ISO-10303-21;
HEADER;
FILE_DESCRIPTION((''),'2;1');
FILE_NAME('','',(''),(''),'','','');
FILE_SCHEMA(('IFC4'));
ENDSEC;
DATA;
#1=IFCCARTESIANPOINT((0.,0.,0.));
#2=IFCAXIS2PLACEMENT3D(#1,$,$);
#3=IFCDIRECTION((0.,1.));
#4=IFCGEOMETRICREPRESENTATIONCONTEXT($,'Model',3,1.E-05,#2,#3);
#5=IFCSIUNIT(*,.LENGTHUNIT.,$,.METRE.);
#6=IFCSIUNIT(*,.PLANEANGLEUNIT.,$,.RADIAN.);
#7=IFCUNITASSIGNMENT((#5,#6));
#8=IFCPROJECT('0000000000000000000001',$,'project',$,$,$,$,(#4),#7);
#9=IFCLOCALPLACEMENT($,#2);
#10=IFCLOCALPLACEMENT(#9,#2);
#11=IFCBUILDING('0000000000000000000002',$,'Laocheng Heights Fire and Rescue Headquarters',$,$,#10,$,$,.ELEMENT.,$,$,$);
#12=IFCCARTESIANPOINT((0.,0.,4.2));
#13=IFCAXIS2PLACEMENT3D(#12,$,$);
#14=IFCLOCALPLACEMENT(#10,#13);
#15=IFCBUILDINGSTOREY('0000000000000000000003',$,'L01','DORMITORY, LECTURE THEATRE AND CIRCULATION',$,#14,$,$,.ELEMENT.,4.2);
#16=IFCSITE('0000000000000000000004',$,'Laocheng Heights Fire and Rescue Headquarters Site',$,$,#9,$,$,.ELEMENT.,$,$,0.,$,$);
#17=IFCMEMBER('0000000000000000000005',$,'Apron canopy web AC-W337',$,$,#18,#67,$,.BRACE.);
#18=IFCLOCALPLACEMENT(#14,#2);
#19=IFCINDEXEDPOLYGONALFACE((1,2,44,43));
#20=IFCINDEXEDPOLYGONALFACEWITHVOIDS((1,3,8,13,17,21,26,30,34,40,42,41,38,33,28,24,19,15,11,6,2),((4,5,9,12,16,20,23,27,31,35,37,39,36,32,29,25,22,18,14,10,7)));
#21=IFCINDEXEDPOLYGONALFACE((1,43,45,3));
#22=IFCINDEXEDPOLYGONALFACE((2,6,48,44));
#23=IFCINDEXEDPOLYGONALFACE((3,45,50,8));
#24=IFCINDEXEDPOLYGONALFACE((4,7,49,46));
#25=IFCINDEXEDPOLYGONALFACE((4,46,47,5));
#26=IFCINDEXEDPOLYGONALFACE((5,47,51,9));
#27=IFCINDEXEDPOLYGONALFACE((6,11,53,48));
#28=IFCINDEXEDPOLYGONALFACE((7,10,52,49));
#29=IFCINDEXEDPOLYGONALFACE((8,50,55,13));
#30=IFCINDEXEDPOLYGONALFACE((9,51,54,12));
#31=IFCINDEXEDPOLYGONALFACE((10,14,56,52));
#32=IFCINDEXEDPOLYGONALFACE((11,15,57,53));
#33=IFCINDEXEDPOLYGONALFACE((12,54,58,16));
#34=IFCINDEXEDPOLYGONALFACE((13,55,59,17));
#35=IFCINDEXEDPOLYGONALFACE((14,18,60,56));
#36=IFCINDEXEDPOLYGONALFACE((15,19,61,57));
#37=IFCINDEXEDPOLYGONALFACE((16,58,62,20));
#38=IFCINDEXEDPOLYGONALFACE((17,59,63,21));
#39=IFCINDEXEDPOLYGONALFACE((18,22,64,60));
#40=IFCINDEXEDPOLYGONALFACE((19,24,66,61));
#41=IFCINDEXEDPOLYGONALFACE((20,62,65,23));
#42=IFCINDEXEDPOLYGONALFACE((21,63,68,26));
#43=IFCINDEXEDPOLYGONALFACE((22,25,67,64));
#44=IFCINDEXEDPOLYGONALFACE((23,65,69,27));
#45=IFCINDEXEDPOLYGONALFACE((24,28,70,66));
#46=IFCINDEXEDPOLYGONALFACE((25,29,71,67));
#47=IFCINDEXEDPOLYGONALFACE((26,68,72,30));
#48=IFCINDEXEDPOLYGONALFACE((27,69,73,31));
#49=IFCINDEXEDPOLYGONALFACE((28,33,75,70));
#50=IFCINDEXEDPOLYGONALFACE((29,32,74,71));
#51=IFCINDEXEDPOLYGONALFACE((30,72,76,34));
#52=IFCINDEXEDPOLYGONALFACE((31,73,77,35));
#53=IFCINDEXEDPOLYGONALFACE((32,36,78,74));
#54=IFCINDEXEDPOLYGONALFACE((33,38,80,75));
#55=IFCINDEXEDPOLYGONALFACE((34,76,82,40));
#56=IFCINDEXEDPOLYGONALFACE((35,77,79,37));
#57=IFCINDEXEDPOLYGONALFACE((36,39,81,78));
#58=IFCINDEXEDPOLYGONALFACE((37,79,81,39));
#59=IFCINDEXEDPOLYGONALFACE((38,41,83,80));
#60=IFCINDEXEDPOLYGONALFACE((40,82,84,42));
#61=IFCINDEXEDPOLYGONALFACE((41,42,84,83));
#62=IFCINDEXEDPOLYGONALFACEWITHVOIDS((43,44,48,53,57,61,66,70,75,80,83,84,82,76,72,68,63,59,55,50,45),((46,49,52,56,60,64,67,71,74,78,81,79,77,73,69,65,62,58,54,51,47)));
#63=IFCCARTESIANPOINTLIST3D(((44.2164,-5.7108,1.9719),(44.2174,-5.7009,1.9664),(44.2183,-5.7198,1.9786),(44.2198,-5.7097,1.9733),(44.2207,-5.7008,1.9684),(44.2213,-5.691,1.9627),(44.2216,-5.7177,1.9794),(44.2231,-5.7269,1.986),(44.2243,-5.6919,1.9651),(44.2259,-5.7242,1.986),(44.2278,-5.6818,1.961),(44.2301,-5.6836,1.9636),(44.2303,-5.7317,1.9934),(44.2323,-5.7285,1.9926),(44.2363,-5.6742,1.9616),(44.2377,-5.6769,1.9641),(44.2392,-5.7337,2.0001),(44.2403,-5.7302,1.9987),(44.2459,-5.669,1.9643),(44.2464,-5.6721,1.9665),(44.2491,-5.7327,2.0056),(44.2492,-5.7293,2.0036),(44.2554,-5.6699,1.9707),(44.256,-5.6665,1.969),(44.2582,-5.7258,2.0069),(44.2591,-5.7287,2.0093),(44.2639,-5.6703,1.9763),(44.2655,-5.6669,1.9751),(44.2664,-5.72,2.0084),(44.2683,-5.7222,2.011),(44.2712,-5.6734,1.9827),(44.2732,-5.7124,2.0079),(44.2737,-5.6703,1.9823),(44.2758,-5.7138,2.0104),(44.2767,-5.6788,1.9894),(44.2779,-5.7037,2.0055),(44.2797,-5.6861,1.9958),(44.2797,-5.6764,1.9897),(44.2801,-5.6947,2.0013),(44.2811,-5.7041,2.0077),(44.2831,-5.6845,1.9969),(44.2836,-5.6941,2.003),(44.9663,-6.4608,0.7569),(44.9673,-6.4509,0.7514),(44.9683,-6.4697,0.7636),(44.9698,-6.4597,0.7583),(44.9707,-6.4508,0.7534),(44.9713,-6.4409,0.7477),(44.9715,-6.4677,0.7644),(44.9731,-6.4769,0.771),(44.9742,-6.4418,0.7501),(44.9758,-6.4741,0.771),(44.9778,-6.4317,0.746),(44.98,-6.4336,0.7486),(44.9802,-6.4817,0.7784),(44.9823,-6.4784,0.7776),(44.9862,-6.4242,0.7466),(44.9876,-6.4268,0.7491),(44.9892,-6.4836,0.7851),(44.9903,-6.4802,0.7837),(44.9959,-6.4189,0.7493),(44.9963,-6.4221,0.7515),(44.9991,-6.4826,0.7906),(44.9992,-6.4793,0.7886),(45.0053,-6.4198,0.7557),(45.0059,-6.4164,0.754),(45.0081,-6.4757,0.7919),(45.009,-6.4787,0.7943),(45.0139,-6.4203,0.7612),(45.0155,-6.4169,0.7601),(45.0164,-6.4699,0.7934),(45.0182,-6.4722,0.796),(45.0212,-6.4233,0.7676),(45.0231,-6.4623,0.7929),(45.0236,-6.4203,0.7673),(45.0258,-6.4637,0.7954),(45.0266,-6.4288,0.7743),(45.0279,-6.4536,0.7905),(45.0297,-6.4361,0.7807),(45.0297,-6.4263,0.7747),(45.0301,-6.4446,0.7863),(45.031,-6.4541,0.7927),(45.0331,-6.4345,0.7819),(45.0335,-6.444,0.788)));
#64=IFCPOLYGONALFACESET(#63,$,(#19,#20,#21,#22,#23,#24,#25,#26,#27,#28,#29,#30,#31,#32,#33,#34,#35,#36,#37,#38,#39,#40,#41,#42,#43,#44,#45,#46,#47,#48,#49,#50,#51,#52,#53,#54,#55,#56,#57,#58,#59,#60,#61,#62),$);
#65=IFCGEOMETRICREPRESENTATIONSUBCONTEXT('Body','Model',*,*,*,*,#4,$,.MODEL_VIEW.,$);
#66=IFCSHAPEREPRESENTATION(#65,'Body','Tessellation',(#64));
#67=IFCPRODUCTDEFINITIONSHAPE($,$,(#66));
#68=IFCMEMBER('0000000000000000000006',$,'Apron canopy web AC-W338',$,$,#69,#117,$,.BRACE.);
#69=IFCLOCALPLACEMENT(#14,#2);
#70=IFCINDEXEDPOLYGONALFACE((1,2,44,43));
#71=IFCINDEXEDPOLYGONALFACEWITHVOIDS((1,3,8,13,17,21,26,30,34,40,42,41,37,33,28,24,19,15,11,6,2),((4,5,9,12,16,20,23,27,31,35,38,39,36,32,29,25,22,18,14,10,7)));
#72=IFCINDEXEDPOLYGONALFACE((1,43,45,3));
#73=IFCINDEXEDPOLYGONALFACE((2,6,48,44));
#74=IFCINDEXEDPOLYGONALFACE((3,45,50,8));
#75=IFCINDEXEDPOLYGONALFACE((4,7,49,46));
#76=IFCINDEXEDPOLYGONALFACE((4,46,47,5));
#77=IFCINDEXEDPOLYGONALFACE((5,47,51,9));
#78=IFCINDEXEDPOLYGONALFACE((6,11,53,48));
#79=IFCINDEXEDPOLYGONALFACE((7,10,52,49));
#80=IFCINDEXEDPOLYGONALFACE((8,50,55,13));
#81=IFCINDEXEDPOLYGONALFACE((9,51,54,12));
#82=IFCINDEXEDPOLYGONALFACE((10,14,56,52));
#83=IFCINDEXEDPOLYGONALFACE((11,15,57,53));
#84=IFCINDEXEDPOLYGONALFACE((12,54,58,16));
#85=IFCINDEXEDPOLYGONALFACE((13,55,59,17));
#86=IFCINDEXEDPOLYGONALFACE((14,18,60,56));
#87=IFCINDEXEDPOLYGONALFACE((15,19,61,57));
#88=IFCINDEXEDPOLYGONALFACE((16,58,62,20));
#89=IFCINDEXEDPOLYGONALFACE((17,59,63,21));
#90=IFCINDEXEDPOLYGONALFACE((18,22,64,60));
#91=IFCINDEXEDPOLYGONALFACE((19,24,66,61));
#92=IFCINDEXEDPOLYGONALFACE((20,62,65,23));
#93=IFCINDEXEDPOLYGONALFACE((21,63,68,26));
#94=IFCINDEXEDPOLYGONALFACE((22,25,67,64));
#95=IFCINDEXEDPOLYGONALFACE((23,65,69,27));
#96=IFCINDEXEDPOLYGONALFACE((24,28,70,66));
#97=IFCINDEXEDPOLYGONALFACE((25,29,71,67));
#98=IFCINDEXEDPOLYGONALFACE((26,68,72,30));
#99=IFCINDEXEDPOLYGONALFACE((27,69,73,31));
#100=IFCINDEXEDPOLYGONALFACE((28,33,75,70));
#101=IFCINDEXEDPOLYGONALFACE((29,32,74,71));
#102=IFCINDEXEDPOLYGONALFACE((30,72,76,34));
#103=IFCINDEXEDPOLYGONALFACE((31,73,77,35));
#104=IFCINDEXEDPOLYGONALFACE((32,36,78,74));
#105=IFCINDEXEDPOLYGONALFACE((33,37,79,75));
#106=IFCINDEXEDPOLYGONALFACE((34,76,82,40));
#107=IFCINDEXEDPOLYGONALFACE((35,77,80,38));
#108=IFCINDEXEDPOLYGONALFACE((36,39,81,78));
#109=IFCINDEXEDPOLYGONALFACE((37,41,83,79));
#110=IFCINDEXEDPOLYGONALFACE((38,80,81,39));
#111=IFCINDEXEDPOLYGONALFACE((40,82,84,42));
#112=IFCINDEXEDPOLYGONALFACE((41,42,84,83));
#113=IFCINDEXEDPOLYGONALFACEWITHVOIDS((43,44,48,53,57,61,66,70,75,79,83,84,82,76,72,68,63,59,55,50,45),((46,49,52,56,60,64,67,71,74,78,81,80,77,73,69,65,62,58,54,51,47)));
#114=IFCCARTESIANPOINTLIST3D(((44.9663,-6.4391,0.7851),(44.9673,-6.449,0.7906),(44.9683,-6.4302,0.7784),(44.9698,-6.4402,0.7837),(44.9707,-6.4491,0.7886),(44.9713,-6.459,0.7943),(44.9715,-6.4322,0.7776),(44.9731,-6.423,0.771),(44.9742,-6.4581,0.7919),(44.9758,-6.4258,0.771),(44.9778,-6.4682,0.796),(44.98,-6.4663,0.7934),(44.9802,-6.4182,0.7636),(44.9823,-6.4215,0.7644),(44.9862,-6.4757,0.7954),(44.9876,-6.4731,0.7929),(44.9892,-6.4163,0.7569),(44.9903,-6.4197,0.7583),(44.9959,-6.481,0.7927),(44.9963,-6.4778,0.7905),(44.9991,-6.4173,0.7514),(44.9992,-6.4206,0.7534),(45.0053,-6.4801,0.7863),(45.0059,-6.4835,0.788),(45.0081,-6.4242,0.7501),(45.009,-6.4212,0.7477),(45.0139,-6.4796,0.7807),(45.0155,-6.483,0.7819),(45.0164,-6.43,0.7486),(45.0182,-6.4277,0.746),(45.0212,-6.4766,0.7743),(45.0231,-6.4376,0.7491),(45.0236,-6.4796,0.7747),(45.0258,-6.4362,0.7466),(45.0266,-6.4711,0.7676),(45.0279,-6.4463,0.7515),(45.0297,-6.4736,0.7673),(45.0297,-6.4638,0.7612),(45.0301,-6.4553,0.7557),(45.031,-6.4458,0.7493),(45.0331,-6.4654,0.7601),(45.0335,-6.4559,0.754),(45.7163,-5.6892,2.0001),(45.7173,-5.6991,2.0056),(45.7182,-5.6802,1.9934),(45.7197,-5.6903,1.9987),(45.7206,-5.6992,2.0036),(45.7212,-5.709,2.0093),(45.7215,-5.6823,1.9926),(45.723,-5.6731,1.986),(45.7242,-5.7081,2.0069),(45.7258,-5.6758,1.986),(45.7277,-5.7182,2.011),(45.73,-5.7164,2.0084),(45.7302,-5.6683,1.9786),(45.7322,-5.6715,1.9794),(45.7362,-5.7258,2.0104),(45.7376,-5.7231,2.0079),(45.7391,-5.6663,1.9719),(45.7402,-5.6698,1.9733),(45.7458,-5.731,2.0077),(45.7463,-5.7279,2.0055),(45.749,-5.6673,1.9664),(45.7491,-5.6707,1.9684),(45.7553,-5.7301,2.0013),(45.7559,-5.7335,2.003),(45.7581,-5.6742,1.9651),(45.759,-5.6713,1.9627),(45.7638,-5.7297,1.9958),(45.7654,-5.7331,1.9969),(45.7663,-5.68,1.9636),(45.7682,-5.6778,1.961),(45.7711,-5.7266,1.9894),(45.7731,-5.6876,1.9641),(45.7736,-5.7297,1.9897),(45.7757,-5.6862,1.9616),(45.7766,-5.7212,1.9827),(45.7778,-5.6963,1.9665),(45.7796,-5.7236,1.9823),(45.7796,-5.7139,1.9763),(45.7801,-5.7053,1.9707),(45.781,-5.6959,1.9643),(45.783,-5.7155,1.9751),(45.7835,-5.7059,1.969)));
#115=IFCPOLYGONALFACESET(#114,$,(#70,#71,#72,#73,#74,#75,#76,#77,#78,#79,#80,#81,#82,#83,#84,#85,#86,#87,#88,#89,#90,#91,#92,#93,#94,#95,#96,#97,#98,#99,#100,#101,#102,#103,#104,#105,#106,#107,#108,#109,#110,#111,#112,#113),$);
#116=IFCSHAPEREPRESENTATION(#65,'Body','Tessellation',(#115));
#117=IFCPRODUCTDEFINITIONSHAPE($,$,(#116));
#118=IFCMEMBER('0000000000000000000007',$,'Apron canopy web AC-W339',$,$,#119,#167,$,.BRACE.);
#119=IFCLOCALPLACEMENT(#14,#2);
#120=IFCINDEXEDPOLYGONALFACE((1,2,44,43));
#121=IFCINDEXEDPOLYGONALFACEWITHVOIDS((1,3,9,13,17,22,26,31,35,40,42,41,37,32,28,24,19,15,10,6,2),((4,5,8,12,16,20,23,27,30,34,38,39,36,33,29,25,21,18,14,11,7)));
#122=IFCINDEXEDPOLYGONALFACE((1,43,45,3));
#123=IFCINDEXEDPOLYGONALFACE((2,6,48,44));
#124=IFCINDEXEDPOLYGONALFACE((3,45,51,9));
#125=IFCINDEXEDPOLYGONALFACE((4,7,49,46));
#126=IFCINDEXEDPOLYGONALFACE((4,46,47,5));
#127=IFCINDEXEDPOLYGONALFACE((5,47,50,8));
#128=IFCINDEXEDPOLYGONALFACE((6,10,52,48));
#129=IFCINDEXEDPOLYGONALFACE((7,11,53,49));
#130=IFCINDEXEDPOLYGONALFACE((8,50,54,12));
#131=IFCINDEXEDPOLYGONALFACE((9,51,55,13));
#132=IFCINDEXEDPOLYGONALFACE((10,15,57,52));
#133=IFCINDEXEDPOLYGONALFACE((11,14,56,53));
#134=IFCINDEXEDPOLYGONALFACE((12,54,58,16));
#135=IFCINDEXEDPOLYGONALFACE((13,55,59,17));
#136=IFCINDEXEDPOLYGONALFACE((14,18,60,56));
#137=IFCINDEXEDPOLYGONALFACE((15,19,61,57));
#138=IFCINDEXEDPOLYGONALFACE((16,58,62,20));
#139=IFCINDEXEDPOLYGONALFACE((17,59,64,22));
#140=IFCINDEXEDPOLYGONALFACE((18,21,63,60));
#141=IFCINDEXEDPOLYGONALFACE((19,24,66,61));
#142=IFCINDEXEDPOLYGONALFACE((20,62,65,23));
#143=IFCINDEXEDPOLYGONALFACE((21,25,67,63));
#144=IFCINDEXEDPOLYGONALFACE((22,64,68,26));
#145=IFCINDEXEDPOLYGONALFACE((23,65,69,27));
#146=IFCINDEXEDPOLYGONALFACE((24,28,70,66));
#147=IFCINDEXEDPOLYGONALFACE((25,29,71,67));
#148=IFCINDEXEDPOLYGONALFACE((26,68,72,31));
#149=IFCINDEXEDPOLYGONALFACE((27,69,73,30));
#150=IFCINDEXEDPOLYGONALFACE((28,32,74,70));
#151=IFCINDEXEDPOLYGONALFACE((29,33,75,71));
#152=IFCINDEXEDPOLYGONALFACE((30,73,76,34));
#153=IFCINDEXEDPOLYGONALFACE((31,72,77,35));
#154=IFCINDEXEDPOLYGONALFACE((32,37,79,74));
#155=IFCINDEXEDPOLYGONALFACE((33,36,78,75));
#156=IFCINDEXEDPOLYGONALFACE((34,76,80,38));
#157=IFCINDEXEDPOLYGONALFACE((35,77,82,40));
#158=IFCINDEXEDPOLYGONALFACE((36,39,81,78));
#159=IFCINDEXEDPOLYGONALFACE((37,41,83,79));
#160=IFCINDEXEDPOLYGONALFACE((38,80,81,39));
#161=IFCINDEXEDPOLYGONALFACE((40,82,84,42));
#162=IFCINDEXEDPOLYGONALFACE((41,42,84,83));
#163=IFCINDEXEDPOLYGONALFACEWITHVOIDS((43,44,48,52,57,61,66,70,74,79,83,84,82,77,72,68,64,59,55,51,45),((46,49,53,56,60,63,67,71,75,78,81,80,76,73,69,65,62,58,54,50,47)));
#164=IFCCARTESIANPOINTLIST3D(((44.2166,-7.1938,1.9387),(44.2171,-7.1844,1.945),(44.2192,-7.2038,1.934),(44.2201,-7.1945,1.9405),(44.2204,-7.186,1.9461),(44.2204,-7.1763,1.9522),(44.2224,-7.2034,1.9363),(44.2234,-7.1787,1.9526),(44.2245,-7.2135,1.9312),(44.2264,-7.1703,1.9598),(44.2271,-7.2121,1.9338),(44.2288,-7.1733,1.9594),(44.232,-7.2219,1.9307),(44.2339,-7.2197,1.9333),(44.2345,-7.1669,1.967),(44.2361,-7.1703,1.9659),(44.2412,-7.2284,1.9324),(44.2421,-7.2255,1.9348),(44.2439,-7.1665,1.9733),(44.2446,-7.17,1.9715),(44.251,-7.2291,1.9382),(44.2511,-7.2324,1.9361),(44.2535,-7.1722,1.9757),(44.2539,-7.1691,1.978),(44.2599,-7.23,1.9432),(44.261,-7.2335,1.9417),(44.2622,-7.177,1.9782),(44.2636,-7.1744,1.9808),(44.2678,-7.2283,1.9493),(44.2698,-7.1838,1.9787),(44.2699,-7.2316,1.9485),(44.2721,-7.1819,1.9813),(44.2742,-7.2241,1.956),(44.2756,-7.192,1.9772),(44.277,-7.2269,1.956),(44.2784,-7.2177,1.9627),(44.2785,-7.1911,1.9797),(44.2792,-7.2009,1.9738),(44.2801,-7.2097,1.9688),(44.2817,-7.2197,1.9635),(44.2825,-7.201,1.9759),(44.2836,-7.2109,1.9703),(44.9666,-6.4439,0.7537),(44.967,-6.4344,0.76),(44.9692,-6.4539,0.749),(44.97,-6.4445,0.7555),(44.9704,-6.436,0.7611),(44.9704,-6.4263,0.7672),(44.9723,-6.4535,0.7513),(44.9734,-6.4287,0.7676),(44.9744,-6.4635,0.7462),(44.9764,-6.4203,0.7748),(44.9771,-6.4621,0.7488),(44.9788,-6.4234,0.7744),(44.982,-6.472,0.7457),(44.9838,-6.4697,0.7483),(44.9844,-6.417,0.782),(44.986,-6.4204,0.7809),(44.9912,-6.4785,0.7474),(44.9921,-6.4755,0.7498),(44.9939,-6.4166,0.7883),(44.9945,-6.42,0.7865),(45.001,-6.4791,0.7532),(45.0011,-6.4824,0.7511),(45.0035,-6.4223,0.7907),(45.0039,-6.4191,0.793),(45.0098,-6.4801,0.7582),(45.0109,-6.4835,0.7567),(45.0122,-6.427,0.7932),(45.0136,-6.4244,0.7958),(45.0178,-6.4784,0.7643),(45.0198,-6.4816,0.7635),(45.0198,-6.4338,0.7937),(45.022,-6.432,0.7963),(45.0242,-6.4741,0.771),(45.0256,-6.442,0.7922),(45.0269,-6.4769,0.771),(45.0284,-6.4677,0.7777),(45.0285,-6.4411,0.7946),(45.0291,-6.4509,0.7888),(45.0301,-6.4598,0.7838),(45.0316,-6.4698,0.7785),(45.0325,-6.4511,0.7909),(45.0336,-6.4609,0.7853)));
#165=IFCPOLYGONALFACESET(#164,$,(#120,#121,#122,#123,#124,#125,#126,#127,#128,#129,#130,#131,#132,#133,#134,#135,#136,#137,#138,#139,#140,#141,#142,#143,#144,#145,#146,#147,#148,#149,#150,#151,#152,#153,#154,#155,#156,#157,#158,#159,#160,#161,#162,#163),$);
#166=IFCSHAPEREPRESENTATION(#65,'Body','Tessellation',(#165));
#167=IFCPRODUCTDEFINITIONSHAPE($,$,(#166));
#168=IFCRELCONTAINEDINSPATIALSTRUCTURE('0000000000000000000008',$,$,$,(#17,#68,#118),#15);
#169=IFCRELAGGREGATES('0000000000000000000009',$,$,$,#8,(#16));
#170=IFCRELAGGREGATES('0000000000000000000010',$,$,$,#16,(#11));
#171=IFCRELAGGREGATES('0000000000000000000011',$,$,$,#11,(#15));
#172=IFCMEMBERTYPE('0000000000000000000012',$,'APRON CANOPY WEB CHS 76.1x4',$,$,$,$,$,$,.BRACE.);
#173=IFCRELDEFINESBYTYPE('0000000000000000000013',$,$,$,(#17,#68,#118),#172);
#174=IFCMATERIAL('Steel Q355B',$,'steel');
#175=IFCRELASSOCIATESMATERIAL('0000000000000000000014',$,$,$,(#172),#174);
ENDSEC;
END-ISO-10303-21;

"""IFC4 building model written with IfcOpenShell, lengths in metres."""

from ifc_helpers import new_model, si_unit, direction, frame, origin, origin_2d, place, context, subcontext, project, spatial, hollow_circle, extrude, material, material_profile, profile_set, type_object, element, save


model = new_model("IFC4")

# Units and contexts
model_context = context("Model", 3, precision=1e-05, world=origin(), true_north=direction((0.0, 1.0)))
body_context = subcontext(model_context, "Body", "Model", "MODEL_VIEW")
ifc_project = project(units=[si_unit("LENGTHUNIT", "METRE"), si_unit("PLANEANGLEUNIT", "RADIAN")], contexts=[model_context])

# Site, building, storey
site_placement = place(None, origin())
site = spatial("IfcSite", under=ifc_project, at=site_placement, Name="Laocheng Heights Fire and Rescue Headquarters Site", CompositionType="ELEMENT", RefElevation=0.0)
building_placement = place(site_placement, origin())
building = spatial("IfcBuilding", under=site, at=building_placement, Name="Laocheng Heights Fire and Rescue Headquarters", CompositionType="ELEMENT")
storey_placement = place(building_placement, frame((0.0, 0.0, 4.2)))
storey = spatial("IfcBuildingStorey", under=building, at=storey_placement, Name="L01", Description="DORMITORY, LECTURE THEATRE AND CIRCULATION", CompositionType="ELEMENT", Elevation=4.2)

# Members
ifc_material_1 = material(Name="Steel Q355B", Category="steel")
ifc_material_profile_1 = material_profile(ifc_material_1, hollow_circle(Radius=0.0381, WallThickness=0.0039, at=origin_2d()), Name="CHS 76.1x4")
ifc_profile_set_1 = profile_set([ifc_material_profile_1], Name="Steel Q355B")
member_type_1 = type_object("IfcMemberType", Name="APRON CANOPY WEB CHS 76.1x4", PredefinedType="BRACE", material=ifc_profile_set_1)
for number, where, z_axis, x_axis, name in (
    (1, (45.0, -6.45, 0.771), (-0.465002, 0.465002, 0.753357), (-0.707107, -0.707107, 0.0), "Apron canopy web AC-W337"),
    (2, (45.0, -6.45, 0.771), (0.465002, 0.465002, 0.753357), (-0.707107, 0.707107, 0.0), "Apron canopy web AC-W338"),
):
    element("IfcMember", number, at=place(storey_placement, frame(where, z_axis=z_axis, x_axis=x_axis)), inside=storey, type_object=member_type_1, Name=name, PredefinedType="BRACE", context=body_context, shape_type="SweptSolid", body=[
        extrude(hollow_circle(Radius=0.0381, WallThickness=0.0039, at=origin_2d()), origin(), (0.0, 0.0, 1.0), 1.6128),
    ])
for number, where, z_axis, x_axis, name in (
    (3, (45.0, -6.45, 0.771), (-0.47158, -0.47158, 0.745134), (0.707107, -0.707107, 0.0), "Apron canopy web AC-W339"),
):
    element("IfcMember", number, at=place(storey_placement, frame(where, z_axis=z_axis, x_axis=x_axis)), inside=storey, type_object=member_type_1, Name=name, PredefinedType="BRACE", context=body_context, shape_type="SweptSolid", body=[
        extrude(hollow_circle(Radius=0.0381, WallThickness=0.0039, at=origin_2d()), origin(), (0.0, 0.0, 1.0), 1.5903),
    ])

save(model, "model.ifc")
